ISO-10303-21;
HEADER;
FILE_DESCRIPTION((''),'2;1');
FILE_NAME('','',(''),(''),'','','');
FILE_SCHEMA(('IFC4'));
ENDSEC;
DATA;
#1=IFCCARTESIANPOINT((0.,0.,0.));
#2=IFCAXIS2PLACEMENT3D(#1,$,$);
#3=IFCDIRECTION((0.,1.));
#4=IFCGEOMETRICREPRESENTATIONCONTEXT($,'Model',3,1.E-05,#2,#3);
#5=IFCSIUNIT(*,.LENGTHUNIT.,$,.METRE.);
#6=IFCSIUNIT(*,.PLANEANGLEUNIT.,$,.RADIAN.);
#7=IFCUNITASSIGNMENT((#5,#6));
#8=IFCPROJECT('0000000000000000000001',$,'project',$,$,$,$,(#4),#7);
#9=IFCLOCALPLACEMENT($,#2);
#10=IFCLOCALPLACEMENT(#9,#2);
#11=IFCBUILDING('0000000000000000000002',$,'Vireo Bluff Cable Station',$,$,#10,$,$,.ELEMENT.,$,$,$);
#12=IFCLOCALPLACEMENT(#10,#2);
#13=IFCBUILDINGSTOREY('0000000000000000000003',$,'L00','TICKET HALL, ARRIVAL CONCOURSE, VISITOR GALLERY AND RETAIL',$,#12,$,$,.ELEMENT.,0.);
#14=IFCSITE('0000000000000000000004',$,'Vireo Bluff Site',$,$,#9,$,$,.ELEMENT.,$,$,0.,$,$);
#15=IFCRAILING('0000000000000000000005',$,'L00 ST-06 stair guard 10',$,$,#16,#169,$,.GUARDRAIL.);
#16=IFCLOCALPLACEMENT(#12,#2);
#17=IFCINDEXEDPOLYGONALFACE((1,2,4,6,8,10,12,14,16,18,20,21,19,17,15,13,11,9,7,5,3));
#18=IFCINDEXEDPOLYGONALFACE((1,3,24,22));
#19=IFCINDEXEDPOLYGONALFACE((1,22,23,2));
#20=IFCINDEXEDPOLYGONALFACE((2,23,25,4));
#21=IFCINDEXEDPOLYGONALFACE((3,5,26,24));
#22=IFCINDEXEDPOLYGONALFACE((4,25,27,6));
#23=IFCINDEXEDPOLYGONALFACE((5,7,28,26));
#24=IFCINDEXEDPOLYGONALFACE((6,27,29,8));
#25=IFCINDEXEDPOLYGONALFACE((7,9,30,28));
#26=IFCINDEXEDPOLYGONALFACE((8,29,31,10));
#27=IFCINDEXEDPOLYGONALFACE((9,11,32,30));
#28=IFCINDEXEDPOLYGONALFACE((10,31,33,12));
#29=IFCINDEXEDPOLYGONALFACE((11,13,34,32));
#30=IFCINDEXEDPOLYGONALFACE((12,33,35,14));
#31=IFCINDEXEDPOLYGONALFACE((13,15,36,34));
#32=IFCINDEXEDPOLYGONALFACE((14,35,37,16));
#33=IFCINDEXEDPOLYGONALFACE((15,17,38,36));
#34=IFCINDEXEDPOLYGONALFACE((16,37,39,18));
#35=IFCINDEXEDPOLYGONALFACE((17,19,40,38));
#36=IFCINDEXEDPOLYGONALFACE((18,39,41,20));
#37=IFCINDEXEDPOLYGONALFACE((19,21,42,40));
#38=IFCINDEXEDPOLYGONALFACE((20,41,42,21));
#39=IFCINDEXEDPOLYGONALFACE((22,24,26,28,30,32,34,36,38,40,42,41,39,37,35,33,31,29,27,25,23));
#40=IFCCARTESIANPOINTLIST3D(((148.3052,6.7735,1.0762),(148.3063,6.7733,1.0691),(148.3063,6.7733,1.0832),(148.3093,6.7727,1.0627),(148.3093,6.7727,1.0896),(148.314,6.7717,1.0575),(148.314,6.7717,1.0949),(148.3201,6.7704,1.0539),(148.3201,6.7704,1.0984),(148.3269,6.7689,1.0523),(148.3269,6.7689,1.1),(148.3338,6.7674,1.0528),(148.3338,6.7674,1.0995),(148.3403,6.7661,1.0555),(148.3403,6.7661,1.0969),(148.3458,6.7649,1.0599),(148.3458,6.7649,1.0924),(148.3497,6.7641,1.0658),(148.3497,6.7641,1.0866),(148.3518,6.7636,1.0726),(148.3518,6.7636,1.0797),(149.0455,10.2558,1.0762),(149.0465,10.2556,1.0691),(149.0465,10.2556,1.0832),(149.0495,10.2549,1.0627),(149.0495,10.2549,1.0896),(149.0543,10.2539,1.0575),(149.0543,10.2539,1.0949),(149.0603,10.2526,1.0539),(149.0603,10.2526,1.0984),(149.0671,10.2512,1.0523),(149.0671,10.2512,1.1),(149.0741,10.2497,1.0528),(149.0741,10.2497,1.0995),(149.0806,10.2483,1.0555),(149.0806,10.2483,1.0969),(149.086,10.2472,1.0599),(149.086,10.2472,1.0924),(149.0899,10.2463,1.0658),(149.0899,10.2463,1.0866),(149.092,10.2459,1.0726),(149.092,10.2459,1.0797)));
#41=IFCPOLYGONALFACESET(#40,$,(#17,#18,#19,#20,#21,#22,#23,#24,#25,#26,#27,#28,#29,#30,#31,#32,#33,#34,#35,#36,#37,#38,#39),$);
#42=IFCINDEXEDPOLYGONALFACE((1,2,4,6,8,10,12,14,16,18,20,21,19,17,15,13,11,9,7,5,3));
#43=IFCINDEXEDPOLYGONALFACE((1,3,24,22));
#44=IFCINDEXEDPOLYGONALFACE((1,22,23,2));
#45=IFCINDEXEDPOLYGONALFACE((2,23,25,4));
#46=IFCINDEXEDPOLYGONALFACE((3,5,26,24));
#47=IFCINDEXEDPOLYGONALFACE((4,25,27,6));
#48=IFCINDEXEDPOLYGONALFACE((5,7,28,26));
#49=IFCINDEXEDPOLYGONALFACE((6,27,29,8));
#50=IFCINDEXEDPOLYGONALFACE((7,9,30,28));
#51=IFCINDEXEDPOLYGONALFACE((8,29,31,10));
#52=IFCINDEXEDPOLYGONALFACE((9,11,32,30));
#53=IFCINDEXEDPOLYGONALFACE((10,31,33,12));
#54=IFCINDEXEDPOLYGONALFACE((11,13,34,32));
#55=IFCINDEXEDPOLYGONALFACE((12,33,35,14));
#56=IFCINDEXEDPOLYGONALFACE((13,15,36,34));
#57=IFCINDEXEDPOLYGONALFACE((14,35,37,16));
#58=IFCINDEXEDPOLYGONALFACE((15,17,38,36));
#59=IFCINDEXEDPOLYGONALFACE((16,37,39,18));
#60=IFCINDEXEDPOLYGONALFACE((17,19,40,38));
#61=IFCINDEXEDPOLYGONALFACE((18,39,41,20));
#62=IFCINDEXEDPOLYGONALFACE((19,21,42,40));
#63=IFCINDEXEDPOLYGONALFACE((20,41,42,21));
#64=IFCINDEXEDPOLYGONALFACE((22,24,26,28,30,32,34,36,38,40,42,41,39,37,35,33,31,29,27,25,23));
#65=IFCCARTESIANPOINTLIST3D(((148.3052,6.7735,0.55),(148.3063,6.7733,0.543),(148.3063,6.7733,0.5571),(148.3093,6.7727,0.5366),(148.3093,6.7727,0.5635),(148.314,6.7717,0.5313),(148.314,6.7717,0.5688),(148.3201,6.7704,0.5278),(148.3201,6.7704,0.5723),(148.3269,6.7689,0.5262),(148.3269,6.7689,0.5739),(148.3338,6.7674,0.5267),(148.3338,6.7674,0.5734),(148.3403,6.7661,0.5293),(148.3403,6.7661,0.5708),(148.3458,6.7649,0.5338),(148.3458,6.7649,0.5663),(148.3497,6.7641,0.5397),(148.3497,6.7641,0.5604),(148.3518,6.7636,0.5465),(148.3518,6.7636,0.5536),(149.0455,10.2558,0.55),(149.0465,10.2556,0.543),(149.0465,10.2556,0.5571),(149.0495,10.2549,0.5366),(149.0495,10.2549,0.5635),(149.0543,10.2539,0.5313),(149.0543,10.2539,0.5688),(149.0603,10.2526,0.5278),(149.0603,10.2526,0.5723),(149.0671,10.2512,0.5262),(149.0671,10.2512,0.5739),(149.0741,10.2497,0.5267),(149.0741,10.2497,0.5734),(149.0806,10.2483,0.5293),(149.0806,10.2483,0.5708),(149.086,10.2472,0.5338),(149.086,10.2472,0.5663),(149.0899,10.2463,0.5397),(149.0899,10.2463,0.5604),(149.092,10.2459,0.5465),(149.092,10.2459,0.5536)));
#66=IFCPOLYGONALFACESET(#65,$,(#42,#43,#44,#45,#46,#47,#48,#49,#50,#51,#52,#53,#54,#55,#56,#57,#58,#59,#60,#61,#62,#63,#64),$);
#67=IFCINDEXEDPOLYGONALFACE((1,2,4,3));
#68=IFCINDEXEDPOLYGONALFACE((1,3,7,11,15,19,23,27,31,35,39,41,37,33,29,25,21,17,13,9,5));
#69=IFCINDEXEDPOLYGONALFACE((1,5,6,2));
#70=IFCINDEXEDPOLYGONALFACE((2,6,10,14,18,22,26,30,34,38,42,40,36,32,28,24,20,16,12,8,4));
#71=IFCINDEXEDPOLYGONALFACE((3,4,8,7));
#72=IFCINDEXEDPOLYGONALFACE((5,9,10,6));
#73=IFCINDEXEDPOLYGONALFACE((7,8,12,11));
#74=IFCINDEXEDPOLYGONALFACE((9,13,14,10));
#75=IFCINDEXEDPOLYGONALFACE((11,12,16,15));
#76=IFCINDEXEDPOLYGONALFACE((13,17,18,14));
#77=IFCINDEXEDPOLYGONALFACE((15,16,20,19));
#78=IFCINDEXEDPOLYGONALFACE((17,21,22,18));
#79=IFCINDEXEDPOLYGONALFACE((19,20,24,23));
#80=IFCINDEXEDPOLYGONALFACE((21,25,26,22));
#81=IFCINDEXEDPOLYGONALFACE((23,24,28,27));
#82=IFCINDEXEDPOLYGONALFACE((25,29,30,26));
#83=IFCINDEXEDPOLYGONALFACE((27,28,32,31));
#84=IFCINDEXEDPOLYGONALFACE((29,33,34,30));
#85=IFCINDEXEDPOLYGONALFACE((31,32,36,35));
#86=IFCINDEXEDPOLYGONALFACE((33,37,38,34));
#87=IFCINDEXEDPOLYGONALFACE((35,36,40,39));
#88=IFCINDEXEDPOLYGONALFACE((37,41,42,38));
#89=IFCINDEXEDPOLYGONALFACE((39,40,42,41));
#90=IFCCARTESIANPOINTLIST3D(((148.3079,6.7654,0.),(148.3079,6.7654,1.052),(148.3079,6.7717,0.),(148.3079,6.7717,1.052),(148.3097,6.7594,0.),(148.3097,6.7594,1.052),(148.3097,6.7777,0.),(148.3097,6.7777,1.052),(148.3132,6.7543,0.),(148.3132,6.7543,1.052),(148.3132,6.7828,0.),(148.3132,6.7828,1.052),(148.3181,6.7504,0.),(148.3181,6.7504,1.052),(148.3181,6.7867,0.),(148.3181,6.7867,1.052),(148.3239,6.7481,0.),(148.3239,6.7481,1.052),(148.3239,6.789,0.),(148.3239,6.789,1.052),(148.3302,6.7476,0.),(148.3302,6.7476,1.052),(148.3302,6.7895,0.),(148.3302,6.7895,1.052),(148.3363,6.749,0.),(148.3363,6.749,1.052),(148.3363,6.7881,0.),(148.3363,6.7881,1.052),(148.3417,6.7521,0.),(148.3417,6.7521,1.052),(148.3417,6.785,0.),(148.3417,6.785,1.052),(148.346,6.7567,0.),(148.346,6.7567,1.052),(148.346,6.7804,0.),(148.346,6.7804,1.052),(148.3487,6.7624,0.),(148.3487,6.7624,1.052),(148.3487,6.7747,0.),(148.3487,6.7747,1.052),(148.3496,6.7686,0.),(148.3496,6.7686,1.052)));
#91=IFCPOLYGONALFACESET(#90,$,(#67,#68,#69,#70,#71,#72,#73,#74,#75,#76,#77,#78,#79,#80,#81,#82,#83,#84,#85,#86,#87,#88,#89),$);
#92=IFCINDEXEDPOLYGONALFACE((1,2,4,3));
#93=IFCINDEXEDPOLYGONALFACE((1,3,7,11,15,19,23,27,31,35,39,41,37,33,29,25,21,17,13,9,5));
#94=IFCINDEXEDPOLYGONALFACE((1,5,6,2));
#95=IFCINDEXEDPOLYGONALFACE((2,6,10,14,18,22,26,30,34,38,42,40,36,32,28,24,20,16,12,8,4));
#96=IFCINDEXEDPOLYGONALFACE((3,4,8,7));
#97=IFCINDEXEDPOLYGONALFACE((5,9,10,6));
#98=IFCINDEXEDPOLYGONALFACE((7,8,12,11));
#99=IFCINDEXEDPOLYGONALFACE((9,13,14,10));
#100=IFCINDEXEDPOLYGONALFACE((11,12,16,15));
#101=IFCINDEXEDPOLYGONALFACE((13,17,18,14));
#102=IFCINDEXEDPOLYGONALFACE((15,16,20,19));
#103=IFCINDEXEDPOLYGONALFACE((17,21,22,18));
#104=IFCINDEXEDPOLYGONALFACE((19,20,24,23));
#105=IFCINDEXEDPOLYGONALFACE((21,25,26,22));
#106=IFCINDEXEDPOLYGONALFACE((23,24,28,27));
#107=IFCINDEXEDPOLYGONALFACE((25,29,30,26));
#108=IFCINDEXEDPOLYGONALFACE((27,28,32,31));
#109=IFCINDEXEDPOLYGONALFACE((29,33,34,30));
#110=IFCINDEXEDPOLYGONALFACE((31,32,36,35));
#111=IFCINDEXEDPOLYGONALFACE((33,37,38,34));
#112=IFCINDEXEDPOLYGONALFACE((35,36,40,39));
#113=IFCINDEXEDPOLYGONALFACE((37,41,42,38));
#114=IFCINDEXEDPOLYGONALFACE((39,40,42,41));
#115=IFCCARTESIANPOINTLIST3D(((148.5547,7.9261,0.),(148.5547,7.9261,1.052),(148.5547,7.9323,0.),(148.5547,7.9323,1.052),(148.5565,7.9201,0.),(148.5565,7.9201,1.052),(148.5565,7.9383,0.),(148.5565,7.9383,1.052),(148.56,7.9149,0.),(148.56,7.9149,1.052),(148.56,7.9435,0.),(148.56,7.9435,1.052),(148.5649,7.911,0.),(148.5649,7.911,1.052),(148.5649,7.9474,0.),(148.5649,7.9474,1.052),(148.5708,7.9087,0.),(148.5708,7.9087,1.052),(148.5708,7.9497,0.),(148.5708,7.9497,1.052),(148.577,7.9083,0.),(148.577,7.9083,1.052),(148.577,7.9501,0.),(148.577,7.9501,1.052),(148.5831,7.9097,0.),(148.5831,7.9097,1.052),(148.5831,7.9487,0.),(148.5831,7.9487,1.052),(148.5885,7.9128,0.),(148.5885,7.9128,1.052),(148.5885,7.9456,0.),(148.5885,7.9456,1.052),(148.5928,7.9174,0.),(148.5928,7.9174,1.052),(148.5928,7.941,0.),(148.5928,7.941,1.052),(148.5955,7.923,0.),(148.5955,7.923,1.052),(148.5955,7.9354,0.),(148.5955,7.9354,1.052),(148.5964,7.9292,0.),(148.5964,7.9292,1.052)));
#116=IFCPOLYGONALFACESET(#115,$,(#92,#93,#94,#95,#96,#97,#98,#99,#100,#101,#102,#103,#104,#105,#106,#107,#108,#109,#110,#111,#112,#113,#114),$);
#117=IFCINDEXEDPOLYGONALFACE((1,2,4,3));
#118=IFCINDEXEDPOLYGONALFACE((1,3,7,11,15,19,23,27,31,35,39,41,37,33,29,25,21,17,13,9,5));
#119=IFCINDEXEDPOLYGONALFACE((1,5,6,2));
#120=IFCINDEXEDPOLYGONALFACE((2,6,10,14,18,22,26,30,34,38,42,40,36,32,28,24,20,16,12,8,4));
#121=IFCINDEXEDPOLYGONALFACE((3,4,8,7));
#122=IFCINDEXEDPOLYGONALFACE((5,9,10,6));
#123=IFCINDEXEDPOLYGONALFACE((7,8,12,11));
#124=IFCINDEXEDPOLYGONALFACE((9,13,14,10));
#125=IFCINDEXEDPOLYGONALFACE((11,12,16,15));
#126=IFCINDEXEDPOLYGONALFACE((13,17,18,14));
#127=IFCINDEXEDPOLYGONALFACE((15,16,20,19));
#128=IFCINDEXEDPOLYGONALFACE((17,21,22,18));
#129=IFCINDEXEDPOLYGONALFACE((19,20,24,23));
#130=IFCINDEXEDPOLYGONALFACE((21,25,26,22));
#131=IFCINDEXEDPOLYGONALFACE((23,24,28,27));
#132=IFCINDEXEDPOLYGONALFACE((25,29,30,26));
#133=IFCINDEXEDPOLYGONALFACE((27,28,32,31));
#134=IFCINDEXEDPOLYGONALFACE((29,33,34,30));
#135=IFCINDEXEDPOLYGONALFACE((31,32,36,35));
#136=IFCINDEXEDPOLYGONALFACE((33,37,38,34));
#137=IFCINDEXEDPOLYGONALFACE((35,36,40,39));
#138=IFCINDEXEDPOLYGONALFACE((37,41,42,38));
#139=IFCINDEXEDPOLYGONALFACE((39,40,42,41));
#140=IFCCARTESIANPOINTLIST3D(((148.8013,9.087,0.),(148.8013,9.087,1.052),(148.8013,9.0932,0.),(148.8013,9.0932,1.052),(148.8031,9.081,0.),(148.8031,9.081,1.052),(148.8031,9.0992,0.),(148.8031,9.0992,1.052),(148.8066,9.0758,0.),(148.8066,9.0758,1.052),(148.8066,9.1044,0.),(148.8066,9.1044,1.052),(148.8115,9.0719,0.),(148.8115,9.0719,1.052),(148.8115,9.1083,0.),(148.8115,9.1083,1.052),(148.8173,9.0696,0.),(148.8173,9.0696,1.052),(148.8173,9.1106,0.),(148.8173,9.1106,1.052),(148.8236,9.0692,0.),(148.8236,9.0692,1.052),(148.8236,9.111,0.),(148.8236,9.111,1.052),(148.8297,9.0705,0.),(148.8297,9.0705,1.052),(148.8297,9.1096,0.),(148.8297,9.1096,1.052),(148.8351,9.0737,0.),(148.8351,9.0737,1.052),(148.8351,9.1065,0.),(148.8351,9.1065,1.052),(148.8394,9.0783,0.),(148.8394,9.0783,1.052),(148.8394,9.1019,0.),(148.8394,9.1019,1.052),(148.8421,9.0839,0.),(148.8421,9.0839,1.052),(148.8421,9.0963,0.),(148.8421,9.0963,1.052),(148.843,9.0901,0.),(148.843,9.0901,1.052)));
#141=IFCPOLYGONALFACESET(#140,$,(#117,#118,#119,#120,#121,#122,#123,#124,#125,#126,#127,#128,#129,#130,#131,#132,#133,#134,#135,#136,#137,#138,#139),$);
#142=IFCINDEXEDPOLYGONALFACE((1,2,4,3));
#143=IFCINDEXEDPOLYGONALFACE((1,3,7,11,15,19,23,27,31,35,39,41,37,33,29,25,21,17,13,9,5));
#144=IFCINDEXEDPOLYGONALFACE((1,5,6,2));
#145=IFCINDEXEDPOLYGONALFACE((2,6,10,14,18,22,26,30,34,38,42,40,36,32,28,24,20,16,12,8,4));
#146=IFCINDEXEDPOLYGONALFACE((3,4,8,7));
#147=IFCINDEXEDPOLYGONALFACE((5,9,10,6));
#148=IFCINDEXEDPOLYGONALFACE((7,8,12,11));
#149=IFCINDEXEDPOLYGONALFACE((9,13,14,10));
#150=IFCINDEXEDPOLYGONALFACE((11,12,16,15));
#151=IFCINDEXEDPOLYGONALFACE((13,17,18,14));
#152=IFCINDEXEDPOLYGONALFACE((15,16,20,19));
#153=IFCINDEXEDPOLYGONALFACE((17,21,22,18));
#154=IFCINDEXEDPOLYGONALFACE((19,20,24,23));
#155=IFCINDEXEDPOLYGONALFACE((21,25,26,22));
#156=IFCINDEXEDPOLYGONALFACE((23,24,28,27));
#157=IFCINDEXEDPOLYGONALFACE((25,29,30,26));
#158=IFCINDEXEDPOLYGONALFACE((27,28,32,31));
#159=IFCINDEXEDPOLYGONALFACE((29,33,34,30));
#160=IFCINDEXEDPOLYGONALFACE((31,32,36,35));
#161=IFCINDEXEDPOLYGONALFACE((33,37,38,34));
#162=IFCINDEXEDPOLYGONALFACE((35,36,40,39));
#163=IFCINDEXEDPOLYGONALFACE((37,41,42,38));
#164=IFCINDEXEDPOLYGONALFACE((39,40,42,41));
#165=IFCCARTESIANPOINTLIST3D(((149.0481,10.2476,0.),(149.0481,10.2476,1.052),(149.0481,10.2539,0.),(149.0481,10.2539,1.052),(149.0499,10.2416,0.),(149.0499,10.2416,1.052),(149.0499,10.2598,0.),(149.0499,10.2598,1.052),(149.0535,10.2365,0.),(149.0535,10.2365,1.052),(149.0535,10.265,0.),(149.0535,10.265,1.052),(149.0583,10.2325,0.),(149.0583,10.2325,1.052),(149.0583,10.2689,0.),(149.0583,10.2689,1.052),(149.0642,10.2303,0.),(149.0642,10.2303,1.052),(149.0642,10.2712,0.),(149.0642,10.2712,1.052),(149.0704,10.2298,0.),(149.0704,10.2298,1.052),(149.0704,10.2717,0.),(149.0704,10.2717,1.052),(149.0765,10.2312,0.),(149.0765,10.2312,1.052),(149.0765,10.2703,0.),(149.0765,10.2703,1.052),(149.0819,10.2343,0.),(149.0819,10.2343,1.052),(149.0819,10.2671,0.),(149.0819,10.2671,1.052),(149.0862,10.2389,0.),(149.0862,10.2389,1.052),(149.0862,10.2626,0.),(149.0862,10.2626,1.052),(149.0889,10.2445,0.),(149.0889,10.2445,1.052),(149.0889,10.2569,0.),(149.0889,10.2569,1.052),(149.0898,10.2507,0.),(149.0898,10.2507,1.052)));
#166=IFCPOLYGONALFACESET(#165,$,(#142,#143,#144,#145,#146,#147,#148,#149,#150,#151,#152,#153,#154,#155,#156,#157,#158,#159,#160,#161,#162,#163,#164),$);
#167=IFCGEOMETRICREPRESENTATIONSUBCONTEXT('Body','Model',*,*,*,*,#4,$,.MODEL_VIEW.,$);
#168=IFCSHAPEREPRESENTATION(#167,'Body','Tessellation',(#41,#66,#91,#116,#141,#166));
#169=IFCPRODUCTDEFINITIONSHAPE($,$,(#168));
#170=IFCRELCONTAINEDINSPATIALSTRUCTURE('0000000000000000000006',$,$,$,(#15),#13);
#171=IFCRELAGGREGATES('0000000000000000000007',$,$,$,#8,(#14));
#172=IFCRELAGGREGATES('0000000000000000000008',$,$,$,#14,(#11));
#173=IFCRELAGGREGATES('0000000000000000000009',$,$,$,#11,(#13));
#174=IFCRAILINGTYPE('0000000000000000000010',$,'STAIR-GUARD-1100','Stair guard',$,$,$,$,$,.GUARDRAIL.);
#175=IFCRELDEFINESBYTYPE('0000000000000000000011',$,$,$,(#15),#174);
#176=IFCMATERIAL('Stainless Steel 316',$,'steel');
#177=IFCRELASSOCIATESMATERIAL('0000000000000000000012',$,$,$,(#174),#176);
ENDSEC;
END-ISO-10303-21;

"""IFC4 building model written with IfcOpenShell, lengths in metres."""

from ifc_helpers import new_model, si_unit, direction, frame, origin, origin_2d, place, context, subcontext, project, spatial, circle, extrude, material, type_object, element, save


model = new_model("IFC4")

# Units and contexts
model_context = context("Model", 3, precision=1e-05, world=origin(), true_north=direction((0.0, 1.0)))
body_context = subcontext(model_context, "Body", "Model", "MODEL_VIEW")
ifc_project = project(units=[si_unit("LENGTHUNIT", "METRE"), si_unit("PLANEANGLEUNIT", "RADIAN")], contexts=[model_context])

# Site, building, storey
site_placement = place(None, origin())
site = spatial("IfcSite", under=ifc_project, at=site_placement, Name="Vireo Bluff Site", CompositionType="ELEMENT", RefElevation=0.0)
building_placement = place(site_placement, origin())
building = spatial("IfcBuilding", under=site, at=building_placement, Name="Vireo Bluff Cable Station", CompositionType="ELEMENT")
storey_placement = place(building_placement, origin())
storey = spatial("IfcBuildingStorey", under=building, at=storey_placement, Name="L00", Description="TICKET HALL, ARRIVAL CONCOURSE, VISITOR GALLERY AND RETAIL", CompositionType="ELEMENT", Elevation=0.0)

# Railing
ifc_material_1 = material(Name="Stainless Steel 316", Category="steel")
railing_type = type_object("IfcRailingType", Name="STAIR-GUARD-1100", Description="Stair guard", PredefinedType="GUARDRAIL", material=ifc_material_1)
railing_1_placement = place(storey_placement, frame((148.3286, 6.7686, 0.0)))
element("IfcRailing", 1, at=railing_1_placement, inside=storey, type_object=railing_type, Name="L00 ST-06 stair guard 10", PredefinedType="GUARDRAIL", context=body_context, shape_type="SweptSolid", body=[
    extrude(circle(Radius=0.0239, at=origin_2d()), frame((0.0, 0.0, 1.0762), z_axis=(0.207932, 0.978143, 0.0), x_axis=(-0.978143, 0.207932, 0.0)), (0.0, 0.0, 1.0), 3.5601),
    extrude(circle(Radius=0.0239, at=origin_2d()), frame((0.0, 0.0, 0.55), z_axis=(0.207932, 0.978143, 0.0), x_axis=(-0.978143, 0.207932, 0.0)), (0.0, 0.0, 1.0), 3.5601),
    extrude(circle(Radius=0.021, at=origin_2d()), origin(), (0.0, 0.0, 1.0), 1.052),
    extrude(circle(Radius=0.021, at=origin_2d()), frame((0.2468, 1.1606, 0.0)), (0.0, 0.0, 1.0), 1.052),
    extrude(circle(Radius=0.021, at=origin_2d()), frame((0.4934, 2.3215, 0.0)), (0.0, 0.0, 1.0), 1.052),
    extrude(circle(Radius=0.021, at=origin_2d()), frame((0.7402, 3.4822, 0.0)), (0.0, 0.0, 1.0), 1.052),
])

save(model, "model.ifc")
